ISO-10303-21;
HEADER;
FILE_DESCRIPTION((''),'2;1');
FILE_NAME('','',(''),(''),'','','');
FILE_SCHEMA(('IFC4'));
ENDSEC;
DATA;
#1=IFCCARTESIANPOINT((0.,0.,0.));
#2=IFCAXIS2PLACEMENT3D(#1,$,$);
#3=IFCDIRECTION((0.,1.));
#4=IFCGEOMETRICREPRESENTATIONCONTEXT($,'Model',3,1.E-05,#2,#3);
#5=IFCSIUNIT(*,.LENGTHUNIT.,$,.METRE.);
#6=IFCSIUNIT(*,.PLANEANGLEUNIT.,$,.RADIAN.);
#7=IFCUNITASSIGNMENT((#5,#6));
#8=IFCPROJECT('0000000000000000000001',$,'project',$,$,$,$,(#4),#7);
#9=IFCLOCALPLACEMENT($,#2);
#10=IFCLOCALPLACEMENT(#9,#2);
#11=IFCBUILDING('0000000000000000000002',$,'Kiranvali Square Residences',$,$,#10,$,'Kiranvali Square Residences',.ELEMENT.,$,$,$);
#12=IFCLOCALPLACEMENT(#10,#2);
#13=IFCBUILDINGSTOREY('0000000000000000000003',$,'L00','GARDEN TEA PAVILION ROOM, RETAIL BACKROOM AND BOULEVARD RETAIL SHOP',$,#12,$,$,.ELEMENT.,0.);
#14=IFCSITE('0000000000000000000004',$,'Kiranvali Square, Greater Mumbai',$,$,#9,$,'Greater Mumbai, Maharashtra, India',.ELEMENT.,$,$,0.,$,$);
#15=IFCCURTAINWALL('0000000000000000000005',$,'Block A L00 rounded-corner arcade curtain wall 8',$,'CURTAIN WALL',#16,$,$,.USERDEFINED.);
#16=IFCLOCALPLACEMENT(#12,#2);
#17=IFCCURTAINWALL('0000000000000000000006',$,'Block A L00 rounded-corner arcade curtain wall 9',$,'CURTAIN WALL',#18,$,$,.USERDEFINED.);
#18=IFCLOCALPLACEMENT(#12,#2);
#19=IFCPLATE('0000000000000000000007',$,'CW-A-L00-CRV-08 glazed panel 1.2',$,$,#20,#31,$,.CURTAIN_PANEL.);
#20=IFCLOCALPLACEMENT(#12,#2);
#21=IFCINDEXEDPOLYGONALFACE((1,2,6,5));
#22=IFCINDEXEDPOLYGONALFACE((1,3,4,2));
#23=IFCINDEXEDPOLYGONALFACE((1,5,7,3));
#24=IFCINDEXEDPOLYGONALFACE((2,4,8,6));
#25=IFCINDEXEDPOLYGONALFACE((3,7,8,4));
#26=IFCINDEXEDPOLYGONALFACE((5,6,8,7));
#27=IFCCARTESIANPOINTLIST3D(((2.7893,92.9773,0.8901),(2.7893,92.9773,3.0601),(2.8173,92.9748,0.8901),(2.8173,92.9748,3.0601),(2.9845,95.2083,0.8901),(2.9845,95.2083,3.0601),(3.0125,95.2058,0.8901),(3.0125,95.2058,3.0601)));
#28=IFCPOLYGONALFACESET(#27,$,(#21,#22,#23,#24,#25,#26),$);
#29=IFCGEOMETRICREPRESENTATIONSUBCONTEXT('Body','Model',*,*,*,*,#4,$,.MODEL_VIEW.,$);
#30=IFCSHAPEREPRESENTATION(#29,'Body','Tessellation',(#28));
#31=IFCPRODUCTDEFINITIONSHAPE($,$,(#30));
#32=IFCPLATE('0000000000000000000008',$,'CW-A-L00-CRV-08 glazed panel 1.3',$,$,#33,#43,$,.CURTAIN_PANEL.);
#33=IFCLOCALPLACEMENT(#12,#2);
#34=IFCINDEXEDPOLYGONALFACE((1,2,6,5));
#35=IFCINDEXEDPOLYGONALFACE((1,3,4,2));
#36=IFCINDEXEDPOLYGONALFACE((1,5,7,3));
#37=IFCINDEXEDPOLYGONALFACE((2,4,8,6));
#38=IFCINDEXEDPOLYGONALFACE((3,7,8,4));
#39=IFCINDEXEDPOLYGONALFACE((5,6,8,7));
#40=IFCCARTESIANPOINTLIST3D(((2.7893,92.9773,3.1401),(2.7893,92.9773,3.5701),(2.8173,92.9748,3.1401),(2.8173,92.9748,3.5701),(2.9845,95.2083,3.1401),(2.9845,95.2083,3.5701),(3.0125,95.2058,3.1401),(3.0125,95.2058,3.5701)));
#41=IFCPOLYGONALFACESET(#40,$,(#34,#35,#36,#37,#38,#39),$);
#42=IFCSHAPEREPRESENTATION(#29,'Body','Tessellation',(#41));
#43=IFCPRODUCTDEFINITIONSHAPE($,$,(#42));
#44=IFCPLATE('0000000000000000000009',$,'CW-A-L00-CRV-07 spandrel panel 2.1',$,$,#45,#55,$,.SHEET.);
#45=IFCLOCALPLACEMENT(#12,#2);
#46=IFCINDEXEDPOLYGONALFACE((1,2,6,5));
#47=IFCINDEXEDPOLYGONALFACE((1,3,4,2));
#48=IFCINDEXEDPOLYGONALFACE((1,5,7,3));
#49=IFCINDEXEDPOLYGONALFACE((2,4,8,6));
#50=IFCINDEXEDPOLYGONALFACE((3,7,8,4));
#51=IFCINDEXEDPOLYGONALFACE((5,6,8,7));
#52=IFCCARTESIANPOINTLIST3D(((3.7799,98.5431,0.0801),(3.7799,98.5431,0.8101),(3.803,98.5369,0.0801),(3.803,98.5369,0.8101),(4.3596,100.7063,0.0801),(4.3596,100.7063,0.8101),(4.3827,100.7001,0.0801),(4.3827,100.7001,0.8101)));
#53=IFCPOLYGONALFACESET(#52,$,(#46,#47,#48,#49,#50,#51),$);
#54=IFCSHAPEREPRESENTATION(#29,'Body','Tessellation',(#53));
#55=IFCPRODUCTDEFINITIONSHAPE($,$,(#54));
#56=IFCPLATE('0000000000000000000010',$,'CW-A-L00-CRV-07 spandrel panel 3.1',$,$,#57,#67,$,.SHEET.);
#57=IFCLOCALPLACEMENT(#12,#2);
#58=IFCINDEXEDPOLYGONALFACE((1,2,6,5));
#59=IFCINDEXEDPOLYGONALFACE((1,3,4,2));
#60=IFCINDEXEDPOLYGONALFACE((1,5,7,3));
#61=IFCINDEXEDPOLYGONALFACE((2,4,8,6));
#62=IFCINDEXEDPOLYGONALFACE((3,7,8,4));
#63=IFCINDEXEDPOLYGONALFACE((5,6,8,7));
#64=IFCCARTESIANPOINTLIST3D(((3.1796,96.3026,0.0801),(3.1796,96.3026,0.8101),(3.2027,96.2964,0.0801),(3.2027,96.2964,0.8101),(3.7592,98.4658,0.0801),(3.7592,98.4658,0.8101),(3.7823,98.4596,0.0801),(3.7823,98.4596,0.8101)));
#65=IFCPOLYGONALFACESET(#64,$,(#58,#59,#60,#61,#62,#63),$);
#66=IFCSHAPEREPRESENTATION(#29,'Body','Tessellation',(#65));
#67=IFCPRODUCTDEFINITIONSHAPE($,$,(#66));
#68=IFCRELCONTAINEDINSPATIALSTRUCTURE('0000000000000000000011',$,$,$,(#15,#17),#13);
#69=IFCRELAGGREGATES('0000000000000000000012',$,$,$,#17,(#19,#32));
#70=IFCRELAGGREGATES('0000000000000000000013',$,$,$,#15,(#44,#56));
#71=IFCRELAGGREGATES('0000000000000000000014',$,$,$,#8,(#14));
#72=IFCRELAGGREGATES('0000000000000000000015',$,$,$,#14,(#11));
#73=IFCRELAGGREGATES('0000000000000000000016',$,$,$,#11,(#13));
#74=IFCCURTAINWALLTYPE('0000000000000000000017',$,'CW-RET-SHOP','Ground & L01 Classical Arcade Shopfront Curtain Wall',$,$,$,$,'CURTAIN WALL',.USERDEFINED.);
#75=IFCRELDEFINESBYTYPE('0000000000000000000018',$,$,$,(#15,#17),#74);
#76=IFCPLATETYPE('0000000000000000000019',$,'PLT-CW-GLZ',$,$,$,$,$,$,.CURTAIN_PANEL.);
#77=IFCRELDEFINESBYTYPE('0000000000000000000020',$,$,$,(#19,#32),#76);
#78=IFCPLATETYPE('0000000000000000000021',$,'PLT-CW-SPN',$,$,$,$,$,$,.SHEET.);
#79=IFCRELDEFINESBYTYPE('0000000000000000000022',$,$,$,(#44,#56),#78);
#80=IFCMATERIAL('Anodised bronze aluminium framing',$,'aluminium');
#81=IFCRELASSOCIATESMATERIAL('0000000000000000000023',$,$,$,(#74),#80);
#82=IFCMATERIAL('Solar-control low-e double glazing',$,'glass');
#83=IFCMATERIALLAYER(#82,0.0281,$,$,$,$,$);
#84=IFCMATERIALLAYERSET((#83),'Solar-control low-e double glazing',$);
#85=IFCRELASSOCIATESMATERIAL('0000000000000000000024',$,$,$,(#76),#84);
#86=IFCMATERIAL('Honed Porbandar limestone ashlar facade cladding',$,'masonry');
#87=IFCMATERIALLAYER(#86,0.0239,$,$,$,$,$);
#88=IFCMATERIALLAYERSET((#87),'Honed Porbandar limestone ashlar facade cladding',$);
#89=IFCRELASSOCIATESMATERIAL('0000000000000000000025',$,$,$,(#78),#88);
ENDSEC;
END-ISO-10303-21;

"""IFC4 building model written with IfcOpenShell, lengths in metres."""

from ifc_helpers import new_model, si_unit, direction, frame, origin, origin_2d, place, context, subcontext, project, spatial, rectangle, extrude, material, layer, layer_set, type_object, element, aggregate, save


model = new_model("IFC4")

# Units and contexts
model_context = context("Model", 3, precision=1e-05, world=origin(), true_north=direction((0.0, 1.0)))
body_context = subcontext(model_context, "Body", "Model", "MODEL_VIEW")
ifc_project = project(units=[si_unit("LENGTHUNIT", "METRE"), si_unit("PLANEANGLEUNIT", "RADIAN")], contexts=[model_context])

# Site, building, storey
site_placement = place(None, origin())
site = spatial("IfcSite", under=ifc_project, at=site_placement, Name="Kiranvali Square, Greater Mumbai", LongName="Greater Mumbai, Maharashtra, India", CompositionType="ELEMENT", RefElevation=0.0)
building_placement = place(site_placement, origin())
building = spatial("IfcBuilding", under=site, at=building_placement, Name="Kiranvali Square Residences", LongName="Kiranvali Square Residences", CompositionType="ELEMENT")
storey_placement = place(building_placement, origin())
storey = spatial("IfcBuildingStorey", under=building, at=storey_placement, Name="L00", Description="GARDEN TEA PAVILION ROOM, RETAIL BACKROOM AND BOULEVARD RETAIL SHOP", CompositionType="ELEMENT", Elevation=0.0)

# Curtain walls
ifc_material_1 = material(Name="Anodised bronze aluminium framing", Category="aluminium")
curtain_wall_type = type_object("IfcCurtainWallType", Name="CW-RET-SHOP", Description="Ground & L01 Classical Arcade Shopfront Curtain Wall", ElementType="CURTAIN WALL", PredefinedType="USERDEFINED", material=ifc_material_1)
curtain_wall_1_placement = place(storey_placement, origin())
curtain_wall_1 = element("IfcCurtainWall", 1, at=curtain_wall_1_placement, inside=storey, type_object=curtain_wall_type, Name="Block A L00 rounded-corner arcade curtain wall 8", ObjectType="CURTAIN WALL", PredefinedType="USERDEFINED")
curtain_wall_2_placement = place(storey_placement, origin())
curtain_wall_2 = element("IfcCurtainWall", 2, at=curtain_wall_2_placement, inside=storey, type_object=curtain_wall_type, Name="Block A L00 rounded-corner arcade curtain wall 9", ObjectType="CURTAIN WALL", PredefinedType="USERDEFINED")

# Plates
ifc_material_2 = material(Name="Solar-control low-e double glazing", Category="glass")
ifc_layer_1 = layer(ifc_material_2, 0.0281)
ifc_layer_set_1 = layer_set([ifc_layer_1], Name="Solar-control low-e double glazing")
plate_type_1 = type_object("IfcPlateType", Name="PLT-CW-GLZ", PredefinedType="CURTAIN_PANEL", material=ifc_layer_set_1)
plate_1_placement = place(storey_placement, frame((2.9009, 94.0916, 0.8901), z_axis=(0.0, 0.0, 1.0), x_axis=(-0.087156, -0.996195, 0.0)))
plate_1 = element("IfcPlate", 3, at=plate_1_placement, type_object=plate_type_1, Name="CW-A-L00-CRV-08 glazed panel 1.2", PredefinedType="CURTAIN_PANEL", context=body_context, shape_type="SweptSolid", body=[
    extrude(rectangle(XDim=2.2395, YDim=0.0281, at=origin_2d()), origin(), (0.0, 0.0, 1.0), 2.1699),
])
plate_2_placement = place(storey_placement, frame((2.9009, 94.0916, 3.1401), z_axis=(0.0, 0.0, 1.0), x_axis=(-0.087156, -0.996195, 0.0)))
plate_2 = element("IfcPlate", 4, at=plate_2_placement, type_object=plate_type_1, Name="CW-A-L00-CRV-08 glazed panel 1.3", PredefinedType="CURTAIN_PANEL", context=body_context, shape_type="SweptSolid", body=[
    extrude(rectangle(XDim=2.2395, YDim=0.0281, at=origin_2d()), origin(), (0.0, 0.0, 1.0), 0.4299),
])
aggregate(curtain_wall_2, [plate_1, plate_2])
ifc_material_3 = material(Name="Honed Porbandar limestone ashlar facade cladding", Category="masonry")
ifc_layer_2 = layer(ifc_material_3, 0.0239)
ifc_layer_set_2 = layer_set([ifc_layer_2], Name="Honed Porbandar limestone ashlar facade cladding")
plate_type_2 = type_object("IfcPlateType", Name="PLT-CW-SPN", PredefinedType="SHEET", material=ifc_layer_set_2)
plate_3_placement = place(storey_placement, frame((4.0813, 99.6216, 0.0801), z_axis=(0.0, 0.0, 1.0), x_axis=(-0.258819, -0.965926, 0.0)))
plate_3 = element("IfcPlate", 5, at=plate_3_placement, type_object=plate_type_2, Name="CW-A-L00-CRV-07 spandrel panel 2.1", PredefinedType="SHEET", context=body_context, shape_type="SweptSolid", body=[
    extrude(rectangle(XDim=2.2395, YDim=0.0239, at=origin_2d()), origin(), (0.0, 0.0, 1.0), 0.73),
])
plate_4_placement = place(storey_placement, frame((3.481, 97.3811, 0.0801), z_axis=(0.0, 0.0, 1.0), x_axis=(-0.258819, -0.965926, 0.0)))
plate_4 = element("IfcPlate", 6, at=plate_4_placement, type_object=plate_type_2, Name="CW-A-L00-CRV-07 spandrel panel 3.1", PredefinedType="SHEET", context=body_context, shape_type="SweptSolid", body=[
    extrude(rectangle(XDim=2.2395, YDim=0.0239, at=origin_2d()), origin(), (0.0, 0.0, 1.0), 0.73),
])
aggregate(curtain_wall_1, [plate_3, plate_4])

save(model, "model.ifc")
